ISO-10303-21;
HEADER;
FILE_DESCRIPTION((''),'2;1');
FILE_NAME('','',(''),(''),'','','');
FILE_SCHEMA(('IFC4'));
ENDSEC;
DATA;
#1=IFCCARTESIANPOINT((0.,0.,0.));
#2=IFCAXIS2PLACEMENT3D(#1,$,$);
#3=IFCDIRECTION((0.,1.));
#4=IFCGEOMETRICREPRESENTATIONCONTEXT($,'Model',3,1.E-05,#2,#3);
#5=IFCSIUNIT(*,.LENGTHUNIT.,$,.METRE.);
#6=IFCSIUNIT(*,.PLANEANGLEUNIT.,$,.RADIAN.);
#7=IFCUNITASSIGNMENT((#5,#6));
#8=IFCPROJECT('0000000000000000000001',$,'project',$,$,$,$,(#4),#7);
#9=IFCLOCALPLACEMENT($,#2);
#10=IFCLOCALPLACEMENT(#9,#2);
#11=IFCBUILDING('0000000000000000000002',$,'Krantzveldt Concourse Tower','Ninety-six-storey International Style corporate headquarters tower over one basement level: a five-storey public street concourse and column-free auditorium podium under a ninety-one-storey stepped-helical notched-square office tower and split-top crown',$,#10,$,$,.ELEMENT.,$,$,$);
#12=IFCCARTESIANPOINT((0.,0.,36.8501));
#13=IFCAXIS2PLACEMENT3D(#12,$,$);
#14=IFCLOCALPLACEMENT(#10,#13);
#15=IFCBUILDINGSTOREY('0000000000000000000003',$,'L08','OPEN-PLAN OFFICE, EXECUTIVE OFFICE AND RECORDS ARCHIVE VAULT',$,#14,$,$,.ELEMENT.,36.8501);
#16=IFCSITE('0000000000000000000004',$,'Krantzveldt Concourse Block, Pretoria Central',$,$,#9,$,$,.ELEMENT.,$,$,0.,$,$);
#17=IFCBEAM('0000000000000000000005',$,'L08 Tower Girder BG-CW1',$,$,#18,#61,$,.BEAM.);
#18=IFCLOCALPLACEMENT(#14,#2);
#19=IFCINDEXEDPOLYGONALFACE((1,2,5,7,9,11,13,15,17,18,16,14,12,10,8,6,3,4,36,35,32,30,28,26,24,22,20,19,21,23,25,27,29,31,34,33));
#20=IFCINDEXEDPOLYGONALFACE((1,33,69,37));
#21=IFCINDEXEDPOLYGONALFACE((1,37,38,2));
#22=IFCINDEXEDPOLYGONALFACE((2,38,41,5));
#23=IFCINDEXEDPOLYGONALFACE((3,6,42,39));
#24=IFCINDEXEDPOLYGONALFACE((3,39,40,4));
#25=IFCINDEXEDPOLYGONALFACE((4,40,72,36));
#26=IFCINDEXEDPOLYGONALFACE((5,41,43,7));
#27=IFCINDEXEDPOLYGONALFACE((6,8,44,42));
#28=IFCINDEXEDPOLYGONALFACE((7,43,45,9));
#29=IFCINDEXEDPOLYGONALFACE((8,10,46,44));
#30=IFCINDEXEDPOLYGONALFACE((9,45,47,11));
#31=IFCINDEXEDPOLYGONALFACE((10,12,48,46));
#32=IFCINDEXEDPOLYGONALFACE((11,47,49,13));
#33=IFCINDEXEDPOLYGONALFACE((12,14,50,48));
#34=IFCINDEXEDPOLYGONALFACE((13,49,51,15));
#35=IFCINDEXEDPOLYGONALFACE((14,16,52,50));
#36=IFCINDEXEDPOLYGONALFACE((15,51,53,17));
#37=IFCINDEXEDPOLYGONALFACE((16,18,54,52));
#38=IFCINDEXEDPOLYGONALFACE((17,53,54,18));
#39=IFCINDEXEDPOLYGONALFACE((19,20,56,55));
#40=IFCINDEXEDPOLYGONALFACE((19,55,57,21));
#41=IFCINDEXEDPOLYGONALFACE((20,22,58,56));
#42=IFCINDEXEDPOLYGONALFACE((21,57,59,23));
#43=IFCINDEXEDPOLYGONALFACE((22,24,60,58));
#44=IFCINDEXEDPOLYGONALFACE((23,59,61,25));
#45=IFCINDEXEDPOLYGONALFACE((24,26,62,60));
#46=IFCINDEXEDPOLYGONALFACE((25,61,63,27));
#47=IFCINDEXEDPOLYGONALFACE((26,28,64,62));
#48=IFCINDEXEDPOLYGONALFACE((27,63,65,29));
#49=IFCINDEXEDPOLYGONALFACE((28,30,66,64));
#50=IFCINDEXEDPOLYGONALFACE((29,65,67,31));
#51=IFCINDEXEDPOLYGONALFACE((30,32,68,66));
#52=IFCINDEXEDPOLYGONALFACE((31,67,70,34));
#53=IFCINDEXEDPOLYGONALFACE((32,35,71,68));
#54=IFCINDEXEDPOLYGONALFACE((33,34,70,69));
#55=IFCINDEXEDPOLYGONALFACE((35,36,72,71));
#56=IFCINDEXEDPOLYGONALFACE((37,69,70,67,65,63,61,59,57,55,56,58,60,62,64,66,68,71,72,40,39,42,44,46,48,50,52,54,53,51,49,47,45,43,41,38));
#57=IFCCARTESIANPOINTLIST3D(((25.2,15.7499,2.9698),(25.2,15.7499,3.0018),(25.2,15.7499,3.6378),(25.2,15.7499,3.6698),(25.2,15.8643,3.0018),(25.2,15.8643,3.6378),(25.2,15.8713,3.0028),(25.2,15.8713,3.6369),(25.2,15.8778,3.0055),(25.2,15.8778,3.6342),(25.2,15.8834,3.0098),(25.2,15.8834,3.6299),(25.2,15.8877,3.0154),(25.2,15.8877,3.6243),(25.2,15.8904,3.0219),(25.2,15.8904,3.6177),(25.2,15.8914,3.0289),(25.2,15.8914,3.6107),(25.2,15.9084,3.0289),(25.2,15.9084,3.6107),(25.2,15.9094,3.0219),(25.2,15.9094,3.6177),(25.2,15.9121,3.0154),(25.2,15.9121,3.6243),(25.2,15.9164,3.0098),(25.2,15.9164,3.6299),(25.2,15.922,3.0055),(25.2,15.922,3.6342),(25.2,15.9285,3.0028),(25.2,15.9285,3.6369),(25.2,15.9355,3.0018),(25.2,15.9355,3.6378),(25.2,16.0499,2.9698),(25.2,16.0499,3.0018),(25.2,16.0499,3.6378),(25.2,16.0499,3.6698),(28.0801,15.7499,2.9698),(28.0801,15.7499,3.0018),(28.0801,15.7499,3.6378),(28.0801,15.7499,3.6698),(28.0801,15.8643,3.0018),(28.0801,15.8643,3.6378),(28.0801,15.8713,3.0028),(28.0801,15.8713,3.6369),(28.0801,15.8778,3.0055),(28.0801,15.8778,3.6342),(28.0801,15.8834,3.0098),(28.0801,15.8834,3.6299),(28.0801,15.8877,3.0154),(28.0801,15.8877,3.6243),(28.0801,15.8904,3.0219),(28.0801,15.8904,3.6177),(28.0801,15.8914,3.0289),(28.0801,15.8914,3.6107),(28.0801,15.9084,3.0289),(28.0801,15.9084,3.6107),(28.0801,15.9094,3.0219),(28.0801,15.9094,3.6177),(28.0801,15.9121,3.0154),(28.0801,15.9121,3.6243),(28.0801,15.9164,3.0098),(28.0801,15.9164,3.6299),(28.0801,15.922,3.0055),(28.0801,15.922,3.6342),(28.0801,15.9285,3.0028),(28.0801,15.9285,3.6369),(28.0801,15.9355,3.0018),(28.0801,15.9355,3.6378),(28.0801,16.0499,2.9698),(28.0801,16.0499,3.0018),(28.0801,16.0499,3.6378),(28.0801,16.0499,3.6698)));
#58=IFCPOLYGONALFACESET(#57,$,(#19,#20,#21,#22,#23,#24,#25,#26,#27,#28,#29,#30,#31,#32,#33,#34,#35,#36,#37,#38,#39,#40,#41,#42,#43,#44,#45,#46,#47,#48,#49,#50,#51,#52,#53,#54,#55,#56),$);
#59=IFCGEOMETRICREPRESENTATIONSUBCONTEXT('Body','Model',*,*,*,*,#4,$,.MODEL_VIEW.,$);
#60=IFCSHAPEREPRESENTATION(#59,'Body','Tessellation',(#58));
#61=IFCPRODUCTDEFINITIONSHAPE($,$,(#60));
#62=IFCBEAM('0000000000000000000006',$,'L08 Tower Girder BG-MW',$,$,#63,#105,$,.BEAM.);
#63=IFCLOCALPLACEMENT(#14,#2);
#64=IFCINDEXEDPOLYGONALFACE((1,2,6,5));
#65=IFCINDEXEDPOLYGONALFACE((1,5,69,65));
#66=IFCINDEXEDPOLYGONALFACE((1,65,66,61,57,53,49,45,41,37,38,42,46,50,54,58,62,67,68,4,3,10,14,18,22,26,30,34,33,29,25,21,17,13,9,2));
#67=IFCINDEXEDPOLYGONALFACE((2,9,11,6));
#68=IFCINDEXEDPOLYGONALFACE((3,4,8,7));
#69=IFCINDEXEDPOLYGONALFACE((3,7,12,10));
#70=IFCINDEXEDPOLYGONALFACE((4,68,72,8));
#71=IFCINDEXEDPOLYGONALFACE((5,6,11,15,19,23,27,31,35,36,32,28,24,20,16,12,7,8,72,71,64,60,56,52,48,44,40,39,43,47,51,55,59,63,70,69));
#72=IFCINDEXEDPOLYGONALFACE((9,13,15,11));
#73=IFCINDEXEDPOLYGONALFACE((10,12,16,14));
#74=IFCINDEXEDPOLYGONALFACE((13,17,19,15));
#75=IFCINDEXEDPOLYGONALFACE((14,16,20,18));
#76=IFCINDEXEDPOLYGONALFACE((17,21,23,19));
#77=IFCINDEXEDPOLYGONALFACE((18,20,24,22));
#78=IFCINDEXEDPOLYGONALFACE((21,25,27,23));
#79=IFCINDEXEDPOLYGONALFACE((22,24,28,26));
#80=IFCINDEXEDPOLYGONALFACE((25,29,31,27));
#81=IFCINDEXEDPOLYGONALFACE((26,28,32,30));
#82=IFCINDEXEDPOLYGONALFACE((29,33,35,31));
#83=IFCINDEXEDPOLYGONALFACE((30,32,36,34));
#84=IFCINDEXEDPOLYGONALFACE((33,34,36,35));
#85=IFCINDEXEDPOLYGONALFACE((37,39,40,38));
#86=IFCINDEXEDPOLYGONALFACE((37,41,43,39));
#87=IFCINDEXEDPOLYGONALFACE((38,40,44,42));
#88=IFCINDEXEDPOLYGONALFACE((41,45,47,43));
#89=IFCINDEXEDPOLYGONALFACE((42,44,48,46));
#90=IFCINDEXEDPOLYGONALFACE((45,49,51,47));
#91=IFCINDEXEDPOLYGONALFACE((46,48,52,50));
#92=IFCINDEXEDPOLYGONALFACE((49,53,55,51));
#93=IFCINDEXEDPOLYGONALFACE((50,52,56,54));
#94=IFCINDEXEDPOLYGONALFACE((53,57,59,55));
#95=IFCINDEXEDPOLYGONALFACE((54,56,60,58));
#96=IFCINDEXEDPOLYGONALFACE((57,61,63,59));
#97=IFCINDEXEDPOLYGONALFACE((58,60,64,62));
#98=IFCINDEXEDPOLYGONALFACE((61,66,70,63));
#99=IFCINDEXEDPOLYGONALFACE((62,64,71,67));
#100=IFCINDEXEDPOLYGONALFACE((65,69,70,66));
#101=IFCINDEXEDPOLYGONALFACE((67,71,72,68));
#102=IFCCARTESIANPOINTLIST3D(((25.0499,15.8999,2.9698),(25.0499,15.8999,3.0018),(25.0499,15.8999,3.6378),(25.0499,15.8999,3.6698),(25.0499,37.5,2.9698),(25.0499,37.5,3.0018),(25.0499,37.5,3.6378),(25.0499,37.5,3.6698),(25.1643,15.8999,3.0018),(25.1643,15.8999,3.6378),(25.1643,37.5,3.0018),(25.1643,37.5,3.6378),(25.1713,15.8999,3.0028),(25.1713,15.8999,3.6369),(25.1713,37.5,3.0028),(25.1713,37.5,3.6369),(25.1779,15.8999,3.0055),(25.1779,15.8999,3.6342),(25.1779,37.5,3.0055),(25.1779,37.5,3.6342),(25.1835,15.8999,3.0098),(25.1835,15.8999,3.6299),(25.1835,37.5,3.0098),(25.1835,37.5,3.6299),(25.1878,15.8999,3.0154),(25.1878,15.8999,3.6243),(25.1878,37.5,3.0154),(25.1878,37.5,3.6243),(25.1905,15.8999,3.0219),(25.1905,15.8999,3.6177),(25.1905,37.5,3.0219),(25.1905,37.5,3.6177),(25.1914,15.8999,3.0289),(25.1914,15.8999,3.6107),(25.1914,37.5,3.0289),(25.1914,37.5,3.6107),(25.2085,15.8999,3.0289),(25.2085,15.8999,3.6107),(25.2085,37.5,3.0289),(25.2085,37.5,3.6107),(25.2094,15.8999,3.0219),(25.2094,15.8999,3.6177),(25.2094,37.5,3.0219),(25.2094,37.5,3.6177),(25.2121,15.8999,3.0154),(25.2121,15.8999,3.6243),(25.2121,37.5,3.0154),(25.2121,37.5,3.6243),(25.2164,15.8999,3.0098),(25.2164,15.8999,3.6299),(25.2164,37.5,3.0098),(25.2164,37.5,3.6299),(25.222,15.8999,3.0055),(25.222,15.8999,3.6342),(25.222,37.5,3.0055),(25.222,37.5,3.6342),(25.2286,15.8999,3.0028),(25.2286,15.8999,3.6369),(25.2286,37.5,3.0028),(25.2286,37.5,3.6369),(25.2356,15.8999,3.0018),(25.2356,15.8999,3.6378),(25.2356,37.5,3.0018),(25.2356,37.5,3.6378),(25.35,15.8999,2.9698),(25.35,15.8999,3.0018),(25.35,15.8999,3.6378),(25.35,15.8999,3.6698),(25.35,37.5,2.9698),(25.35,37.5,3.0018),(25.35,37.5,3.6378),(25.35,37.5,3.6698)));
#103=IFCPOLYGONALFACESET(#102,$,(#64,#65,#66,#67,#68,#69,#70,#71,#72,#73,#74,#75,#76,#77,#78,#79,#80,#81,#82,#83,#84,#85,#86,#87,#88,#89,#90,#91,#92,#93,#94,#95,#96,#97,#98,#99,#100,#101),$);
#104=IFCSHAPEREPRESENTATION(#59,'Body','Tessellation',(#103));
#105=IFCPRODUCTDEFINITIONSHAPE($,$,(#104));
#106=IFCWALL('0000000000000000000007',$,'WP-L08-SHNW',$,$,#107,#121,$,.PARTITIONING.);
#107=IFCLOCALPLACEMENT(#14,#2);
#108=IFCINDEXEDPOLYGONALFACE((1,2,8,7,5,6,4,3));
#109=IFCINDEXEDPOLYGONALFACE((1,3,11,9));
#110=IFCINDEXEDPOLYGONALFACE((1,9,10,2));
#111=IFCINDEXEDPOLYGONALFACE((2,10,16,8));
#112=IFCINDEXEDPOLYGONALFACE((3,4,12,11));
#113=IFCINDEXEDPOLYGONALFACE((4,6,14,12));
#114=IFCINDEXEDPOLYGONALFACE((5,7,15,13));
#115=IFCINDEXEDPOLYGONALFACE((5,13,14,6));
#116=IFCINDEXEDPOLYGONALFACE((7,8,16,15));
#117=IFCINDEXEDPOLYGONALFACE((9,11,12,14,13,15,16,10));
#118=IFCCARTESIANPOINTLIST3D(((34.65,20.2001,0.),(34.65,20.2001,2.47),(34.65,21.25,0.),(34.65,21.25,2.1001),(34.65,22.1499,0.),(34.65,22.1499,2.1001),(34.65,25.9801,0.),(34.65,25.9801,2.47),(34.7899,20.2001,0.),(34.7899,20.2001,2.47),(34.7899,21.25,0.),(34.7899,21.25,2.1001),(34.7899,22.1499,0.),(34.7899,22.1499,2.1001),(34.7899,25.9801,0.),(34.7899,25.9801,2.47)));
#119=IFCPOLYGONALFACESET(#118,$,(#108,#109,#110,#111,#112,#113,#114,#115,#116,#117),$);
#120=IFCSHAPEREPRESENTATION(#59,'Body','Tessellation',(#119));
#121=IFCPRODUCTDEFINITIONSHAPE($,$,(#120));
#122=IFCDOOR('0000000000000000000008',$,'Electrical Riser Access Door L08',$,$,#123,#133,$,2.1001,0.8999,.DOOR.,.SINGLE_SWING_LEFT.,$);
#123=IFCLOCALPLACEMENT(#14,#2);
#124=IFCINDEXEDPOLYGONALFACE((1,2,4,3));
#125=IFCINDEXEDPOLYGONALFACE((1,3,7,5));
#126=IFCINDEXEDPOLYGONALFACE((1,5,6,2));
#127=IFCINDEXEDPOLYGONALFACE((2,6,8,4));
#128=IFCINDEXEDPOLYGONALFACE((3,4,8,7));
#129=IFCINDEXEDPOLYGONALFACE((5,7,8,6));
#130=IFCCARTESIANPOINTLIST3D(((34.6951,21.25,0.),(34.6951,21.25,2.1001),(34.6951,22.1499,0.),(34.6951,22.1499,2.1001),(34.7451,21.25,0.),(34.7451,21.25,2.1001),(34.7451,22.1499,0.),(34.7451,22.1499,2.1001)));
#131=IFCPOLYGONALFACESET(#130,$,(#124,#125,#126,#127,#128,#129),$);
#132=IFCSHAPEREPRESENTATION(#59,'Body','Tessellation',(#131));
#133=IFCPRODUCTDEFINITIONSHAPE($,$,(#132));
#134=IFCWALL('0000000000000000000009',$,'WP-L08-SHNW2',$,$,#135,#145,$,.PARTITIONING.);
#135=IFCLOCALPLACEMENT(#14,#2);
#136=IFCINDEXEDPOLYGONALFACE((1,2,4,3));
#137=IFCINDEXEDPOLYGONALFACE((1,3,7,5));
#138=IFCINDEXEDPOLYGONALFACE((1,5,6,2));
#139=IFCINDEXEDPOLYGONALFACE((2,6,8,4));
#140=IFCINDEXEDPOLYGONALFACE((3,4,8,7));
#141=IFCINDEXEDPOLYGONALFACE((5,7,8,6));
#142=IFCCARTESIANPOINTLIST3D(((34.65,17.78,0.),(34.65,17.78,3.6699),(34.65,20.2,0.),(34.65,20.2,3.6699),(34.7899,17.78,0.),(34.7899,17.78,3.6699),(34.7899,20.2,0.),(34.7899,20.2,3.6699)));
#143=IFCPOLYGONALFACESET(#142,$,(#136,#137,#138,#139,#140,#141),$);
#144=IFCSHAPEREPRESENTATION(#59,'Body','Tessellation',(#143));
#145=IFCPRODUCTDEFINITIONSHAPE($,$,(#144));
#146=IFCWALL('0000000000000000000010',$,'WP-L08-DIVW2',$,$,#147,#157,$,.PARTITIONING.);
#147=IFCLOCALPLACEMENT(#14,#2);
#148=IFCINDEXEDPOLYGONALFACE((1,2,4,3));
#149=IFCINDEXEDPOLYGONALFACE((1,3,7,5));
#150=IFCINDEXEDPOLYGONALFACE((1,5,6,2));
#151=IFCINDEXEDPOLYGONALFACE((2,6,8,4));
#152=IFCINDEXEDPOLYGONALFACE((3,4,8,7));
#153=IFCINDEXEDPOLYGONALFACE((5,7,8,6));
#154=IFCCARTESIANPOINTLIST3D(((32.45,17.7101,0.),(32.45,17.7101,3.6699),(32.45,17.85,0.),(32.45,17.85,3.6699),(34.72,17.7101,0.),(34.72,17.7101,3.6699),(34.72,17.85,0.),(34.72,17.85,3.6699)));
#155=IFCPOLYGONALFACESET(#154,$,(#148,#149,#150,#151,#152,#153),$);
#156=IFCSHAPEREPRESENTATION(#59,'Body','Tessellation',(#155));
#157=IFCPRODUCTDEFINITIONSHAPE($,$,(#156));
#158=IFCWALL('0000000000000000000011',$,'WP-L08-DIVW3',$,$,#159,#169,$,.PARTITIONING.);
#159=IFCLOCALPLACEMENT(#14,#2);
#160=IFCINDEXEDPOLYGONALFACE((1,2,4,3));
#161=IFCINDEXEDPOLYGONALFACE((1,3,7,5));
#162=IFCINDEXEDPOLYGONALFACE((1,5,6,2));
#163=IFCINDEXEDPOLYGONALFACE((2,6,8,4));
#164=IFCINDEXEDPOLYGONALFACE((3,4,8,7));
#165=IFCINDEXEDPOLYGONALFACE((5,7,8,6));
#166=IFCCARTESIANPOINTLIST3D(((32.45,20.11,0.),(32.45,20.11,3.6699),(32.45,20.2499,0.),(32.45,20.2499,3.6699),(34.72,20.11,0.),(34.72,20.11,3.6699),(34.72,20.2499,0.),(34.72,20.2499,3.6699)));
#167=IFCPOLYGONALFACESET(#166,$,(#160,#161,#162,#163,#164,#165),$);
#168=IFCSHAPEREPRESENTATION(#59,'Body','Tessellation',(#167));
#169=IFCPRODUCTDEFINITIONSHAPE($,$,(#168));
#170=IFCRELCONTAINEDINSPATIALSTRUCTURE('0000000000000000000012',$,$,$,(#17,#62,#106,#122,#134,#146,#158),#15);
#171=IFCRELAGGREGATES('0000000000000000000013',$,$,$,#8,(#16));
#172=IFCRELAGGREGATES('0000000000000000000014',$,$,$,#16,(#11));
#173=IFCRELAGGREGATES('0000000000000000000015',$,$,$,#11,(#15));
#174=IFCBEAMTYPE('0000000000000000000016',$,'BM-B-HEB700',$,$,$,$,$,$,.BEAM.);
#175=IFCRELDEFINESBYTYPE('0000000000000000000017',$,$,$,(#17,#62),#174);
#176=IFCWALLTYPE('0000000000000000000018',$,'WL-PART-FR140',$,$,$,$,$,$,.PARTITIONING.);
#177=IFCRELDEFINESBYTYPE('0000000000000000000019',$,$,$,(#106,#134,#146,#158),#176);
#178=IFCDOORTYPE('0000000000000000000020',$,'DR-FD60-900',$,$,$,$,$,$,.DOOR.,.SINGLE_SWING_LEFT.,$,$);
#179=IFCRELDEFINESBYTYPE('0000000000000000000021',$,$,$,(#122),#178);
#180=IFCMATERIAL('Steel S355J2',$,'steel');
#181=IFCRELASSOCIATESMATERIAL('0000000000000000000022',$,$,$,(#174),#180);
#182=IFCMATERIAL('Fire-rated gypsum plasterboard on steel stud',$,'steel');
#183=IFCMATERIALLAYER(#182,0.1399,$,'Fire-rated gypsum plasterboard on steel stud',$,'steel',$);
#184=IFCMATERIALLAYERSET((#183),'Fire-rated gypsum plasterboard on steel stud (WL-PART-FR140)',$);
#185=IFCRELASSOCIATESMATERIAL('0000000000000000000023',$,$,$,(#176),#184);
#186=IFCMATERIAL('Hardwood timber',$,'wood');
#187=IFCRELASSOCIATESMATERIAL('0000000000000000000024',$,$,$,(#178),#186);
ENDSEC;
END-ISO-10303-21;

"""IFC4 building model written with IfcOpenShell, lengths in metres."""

from ifc_helpers import new_model, si_unit, direction, frame, frame_2d, origin, origin_2d, place, context, subcontext, project, spatial, rectangle, i_section, extrude, source, transform, mapped, material, layer, layer_set, material_profile, profile_set, type_object, type_shapes, element, fill, save


model = new_model("IFC4")

# Units and contexts
model_context = context("Model", 3, precision=1e-05, world=origin(), true_north=direction((0.0, 1.0)))
body_context = subcontext(model_context, "Body", "Model", "MODEL_VIEW")
ifc_project = project(units=[si_unit("LENGTHUNIT", "METRE"), si_unit("PLANEANGLEUNIT", "RADIAN")], contexts=[model_context])

# Site, building, storey
site_placement = place(None, origin())
site = spatial("IfcSite", under=ifc_project, at=site_placement, Name="Krantzveldt Concourse Block, Pretoria Central", CompositionType="ELEMENT", RefElevation=0.0)
building_placement = place(site_placement, origin())
building = spatial("IfcBuilding", under=site, at=building_placement, Name="Krantzveldt Concourse Tower", Description="Ninety-six-storey International Style corporate headquarters tower over one basement level: a five-storey public street concourse and column-free auditorium podium under a ninety-one-storey stepped-helical notched-square office tower and split-top crown", CompositionType="ELEMENT")
storey_placement = place(building_placement, frame((0.0, 0.0, 36.8501)))
storey = spatial("IfcBuildingStorey", under=building, at=storey_placement, Name="L08", Description="OPEN-PLAN OFFICE, EXECUTIVE OFFICE AND RECORDS ARCHIVE VAULT", CompositionType="ELEMENT", Elevation=36.8501)

# Beams
ifc_material_1 = material(Name="Steel S355J2", Category="steel")
ifc_material_profile = material_profile(ifc_material_1, i_section(OverallWidth=0.3, OverallDepth=0.7, WebThickness=0.0171, FlangeThickness=0.032, FilletRadius=0.0271, at=origin_2d()), Name="Steel S355J2", Category="steel")
ifc_profile_set = profile_set([ifc_material_profile], Name="Steel S355J2 - HEB 700")
beam_type = type_object("IfcBeamType", Name="BM-B-HEB700", PredefinedType="BEAM", material=ifc_profile_set)
shared_shape_1 = source(origin(), body_context, "Body", "SweptSolid", [
    extrude(i_section(OverallWidth=0.3, OverallDepth=0.7, WebThickness=0.0171, FlangeThickness=0.032, FilletRadius=0.0271, at=origin_2d()), origin(), (0.0, 0.0, 1.0), 2.8801),
])
beam_1_placement = place(storey_placement, frame((25.2, 15.8999, 3.3198), z_axis=(1.0, 0.0, 0.0), x_axis=(0.0, 1.0, 0.0)))
element("IfcBeam", 1, at=beam_1_placement, inside=storey, type_object=beam_type, Name="L08 Tower Girder BG-CW1", PredefinedType="BEAM", context=body_context, shape_type="MappedRepresentation", body=[
    mapped(shared_shape_1, transform((0.0, 0.0, 0.0), x_axis=(1.0, 0.0, 0.0), y_axis=(0.0, 1.0, 0.0), z_axis=(0.0, 0.0, 1.0), scale=1.0)),
])
shared_shape_2 = source(origin(), body_context, "Body", "SweptSolid", [
    extrude(i_section(OverallWidth=0.3, OverallDepth=0.7, WebThickness=0.0171, FlangeThickness=0.032, FilletRadius=0.0271, at=origin_2d()), origin(), (0.0, 0.0, 1.0), 21.6001),
])
type_shapes(beam_type, [shared_shape_1, shared_shape_2])
beam_2_placement = place(storey_placement, frame((25.2, 15.8999, 3.3198), z_axis=(0.0, 1.0, 0.0), x_axis=(-1.0, 0.0, 0.0)))
element("IfcBeam", 2, at=beam_2_placement, inside=storey, type_object=beam_type, Name="L08 Tower Girder BG-MW", PredefinedType="BEAM", context=body_context, shape_type="MappedRepresentation", body=[
    mapped(shared_shape_2, transform((0.0, 0.0, 0.0), x_axis=(1.0, 0.0, 0.0), y_axis=(0.0, 1.0, 0.0), z_axis=(0.0, 0.0, 1.0), scale=1.0)),
])

# Wall, opening, door
ifc_material_2 = material(Name="Fire-rated gypsum plasterboard on steel stud", Category="steel")
ifc_layer_1 = layer(ifc_material_2, 0.1399, Name="Fire-rated gypsum plasterboard on steel stud", Category="steel")
ifc_layer_set_1 = layer_set([ifc_layer_1], Name="Fire-rated gypsum plasterboard on steel stud (WL-PART-FR140)")
wall_type_1 = type_object("IfcWallType", Name="WL-PART-FR140", PredefinedType="PARTITIONING", material=ifc_layer_set_1)
wall_1_placement = place(storey_placement, frame((34.72, 20.2, 0.0), z_axis=(0.0, 0.0, 1.0), x_axis=(0.0, 1.0, 0.0)))
wall_1 = element("IfcWall", 3, at=wall_1_placement, inside=storey, type_object=wall_type_1, Name="WP-L08-SHNW", PredefinedType="PARTITIONING", context=body_context, shape_type="SweptSolid", body=[
    extrude(rectangle(XDim=5.78, YDim=0.1399, at=frame_2d((2.8901, 0.0))), origin(), (0.0, 0.0, 1.0), 2.47),
])
opening_1_placement = place(wall_1_placement, frame((1.05, 0.0, 0.0)))
opening_1 = element("IfcOpeningElement", 4, at=opening_1_placement, cuts=wall_1, PredefinedType="OPENING", context=body_context, shape_type="SweptSolid", body=[
    extrude(rectangle(XDim=0.8999, YDim=2.1001, at=frame_2d((0.45, 1.05))), frame((0.0, 0.0801, 0.0), z_axis=(0.0, -1.0, 0.0), x_axis=(1.0, 0.0, 0.0)), (0.0, 0.0, 1.0), 0.1599),
])
ifc_material_3 = material(Name="Hardwood timber", Category="wood")
door_type_1 = type_object("IfcDoorType", Name="DR-FD60-900", OperationType="SINGLE_SWING_LEFT", PredefinedType="DOOR", material=ifc_material_3)
door_1_placement = place(opening_1_placement, origin())
door_1 = element("IfcDoor", 5, at=door_1_placement, inside=storey, type_object=door_type_1, Name="Electrical Riser Access Door L08", OperationType="SINGLE_SWING_LEFT", OverallHeight=2.1001, OverallWidth=0.8999, PredefinedType="DOOR", context=body_context, shape_type="SweptSolid", body=[
    extrude(rectangle(XDim=0.8999, YDim=2.1001, at=frame_2d((0.45, 1.05))), frame((0.0, 0.0249, 0.0), z_axis=(0.0, -1.0, 0.0), x_axis=(1.0, 0.0, 0.0)), (0.0, 0.0, 1.0), 0.05),
])
fill(opening_1, door_1)

# Walls
wall_2_placement = place(storey_placement, frame((34.72, 17.78, 0.0), z_axis=(0.0, 0.0, 1.0), x_axis=(0.0, 1.0, 0.0)))
element("IfcWall", 6, at=wall_2_placement, inside=storey, type_object=wall_type_1, Name="WP-L08-SHNW2", PredefinedType="PARTITIONING", context=body_context, shape_type="SweptSolid", body=[
    extrude(rectangle(XDim=2.4199, YDim=0.1399, at=frame_2d((1.21, 0.0))), origin(), (0.0, 0.0, 1.0), 3.6699),
])
for number, where, z_axis, x_axis, name in (
    (7, (32.45, 17.78, 0.0), (0.0, 0.0, 1.0), (1.0, 0.0, 0.0), "WP-L08-DIVW2"),
    (8, (32.45, 20.1799, 0.0), (0.0, 0.0, 1.0), (1.0, 0.0, 0.0), "WP-L08-DIVW3"),
):
    element("IfcWall", number, at=place(storey_placement, frame(where, z_axis=z_axis, x_axis=x_axis)), inside=storey, type_object=wall_type_1, Name=name, PredefinedType="PARTITIONING", context=body_context, shape_type="SweptSolid", body=[
        extrude(rectangle(XDim=2.27, YDim=0.1399, at=frame_2d((1.135, 0.0))), origin(), (0.0, 0.0, 1.0), 3.6699),
    ])

save(model, "model.ifc")
